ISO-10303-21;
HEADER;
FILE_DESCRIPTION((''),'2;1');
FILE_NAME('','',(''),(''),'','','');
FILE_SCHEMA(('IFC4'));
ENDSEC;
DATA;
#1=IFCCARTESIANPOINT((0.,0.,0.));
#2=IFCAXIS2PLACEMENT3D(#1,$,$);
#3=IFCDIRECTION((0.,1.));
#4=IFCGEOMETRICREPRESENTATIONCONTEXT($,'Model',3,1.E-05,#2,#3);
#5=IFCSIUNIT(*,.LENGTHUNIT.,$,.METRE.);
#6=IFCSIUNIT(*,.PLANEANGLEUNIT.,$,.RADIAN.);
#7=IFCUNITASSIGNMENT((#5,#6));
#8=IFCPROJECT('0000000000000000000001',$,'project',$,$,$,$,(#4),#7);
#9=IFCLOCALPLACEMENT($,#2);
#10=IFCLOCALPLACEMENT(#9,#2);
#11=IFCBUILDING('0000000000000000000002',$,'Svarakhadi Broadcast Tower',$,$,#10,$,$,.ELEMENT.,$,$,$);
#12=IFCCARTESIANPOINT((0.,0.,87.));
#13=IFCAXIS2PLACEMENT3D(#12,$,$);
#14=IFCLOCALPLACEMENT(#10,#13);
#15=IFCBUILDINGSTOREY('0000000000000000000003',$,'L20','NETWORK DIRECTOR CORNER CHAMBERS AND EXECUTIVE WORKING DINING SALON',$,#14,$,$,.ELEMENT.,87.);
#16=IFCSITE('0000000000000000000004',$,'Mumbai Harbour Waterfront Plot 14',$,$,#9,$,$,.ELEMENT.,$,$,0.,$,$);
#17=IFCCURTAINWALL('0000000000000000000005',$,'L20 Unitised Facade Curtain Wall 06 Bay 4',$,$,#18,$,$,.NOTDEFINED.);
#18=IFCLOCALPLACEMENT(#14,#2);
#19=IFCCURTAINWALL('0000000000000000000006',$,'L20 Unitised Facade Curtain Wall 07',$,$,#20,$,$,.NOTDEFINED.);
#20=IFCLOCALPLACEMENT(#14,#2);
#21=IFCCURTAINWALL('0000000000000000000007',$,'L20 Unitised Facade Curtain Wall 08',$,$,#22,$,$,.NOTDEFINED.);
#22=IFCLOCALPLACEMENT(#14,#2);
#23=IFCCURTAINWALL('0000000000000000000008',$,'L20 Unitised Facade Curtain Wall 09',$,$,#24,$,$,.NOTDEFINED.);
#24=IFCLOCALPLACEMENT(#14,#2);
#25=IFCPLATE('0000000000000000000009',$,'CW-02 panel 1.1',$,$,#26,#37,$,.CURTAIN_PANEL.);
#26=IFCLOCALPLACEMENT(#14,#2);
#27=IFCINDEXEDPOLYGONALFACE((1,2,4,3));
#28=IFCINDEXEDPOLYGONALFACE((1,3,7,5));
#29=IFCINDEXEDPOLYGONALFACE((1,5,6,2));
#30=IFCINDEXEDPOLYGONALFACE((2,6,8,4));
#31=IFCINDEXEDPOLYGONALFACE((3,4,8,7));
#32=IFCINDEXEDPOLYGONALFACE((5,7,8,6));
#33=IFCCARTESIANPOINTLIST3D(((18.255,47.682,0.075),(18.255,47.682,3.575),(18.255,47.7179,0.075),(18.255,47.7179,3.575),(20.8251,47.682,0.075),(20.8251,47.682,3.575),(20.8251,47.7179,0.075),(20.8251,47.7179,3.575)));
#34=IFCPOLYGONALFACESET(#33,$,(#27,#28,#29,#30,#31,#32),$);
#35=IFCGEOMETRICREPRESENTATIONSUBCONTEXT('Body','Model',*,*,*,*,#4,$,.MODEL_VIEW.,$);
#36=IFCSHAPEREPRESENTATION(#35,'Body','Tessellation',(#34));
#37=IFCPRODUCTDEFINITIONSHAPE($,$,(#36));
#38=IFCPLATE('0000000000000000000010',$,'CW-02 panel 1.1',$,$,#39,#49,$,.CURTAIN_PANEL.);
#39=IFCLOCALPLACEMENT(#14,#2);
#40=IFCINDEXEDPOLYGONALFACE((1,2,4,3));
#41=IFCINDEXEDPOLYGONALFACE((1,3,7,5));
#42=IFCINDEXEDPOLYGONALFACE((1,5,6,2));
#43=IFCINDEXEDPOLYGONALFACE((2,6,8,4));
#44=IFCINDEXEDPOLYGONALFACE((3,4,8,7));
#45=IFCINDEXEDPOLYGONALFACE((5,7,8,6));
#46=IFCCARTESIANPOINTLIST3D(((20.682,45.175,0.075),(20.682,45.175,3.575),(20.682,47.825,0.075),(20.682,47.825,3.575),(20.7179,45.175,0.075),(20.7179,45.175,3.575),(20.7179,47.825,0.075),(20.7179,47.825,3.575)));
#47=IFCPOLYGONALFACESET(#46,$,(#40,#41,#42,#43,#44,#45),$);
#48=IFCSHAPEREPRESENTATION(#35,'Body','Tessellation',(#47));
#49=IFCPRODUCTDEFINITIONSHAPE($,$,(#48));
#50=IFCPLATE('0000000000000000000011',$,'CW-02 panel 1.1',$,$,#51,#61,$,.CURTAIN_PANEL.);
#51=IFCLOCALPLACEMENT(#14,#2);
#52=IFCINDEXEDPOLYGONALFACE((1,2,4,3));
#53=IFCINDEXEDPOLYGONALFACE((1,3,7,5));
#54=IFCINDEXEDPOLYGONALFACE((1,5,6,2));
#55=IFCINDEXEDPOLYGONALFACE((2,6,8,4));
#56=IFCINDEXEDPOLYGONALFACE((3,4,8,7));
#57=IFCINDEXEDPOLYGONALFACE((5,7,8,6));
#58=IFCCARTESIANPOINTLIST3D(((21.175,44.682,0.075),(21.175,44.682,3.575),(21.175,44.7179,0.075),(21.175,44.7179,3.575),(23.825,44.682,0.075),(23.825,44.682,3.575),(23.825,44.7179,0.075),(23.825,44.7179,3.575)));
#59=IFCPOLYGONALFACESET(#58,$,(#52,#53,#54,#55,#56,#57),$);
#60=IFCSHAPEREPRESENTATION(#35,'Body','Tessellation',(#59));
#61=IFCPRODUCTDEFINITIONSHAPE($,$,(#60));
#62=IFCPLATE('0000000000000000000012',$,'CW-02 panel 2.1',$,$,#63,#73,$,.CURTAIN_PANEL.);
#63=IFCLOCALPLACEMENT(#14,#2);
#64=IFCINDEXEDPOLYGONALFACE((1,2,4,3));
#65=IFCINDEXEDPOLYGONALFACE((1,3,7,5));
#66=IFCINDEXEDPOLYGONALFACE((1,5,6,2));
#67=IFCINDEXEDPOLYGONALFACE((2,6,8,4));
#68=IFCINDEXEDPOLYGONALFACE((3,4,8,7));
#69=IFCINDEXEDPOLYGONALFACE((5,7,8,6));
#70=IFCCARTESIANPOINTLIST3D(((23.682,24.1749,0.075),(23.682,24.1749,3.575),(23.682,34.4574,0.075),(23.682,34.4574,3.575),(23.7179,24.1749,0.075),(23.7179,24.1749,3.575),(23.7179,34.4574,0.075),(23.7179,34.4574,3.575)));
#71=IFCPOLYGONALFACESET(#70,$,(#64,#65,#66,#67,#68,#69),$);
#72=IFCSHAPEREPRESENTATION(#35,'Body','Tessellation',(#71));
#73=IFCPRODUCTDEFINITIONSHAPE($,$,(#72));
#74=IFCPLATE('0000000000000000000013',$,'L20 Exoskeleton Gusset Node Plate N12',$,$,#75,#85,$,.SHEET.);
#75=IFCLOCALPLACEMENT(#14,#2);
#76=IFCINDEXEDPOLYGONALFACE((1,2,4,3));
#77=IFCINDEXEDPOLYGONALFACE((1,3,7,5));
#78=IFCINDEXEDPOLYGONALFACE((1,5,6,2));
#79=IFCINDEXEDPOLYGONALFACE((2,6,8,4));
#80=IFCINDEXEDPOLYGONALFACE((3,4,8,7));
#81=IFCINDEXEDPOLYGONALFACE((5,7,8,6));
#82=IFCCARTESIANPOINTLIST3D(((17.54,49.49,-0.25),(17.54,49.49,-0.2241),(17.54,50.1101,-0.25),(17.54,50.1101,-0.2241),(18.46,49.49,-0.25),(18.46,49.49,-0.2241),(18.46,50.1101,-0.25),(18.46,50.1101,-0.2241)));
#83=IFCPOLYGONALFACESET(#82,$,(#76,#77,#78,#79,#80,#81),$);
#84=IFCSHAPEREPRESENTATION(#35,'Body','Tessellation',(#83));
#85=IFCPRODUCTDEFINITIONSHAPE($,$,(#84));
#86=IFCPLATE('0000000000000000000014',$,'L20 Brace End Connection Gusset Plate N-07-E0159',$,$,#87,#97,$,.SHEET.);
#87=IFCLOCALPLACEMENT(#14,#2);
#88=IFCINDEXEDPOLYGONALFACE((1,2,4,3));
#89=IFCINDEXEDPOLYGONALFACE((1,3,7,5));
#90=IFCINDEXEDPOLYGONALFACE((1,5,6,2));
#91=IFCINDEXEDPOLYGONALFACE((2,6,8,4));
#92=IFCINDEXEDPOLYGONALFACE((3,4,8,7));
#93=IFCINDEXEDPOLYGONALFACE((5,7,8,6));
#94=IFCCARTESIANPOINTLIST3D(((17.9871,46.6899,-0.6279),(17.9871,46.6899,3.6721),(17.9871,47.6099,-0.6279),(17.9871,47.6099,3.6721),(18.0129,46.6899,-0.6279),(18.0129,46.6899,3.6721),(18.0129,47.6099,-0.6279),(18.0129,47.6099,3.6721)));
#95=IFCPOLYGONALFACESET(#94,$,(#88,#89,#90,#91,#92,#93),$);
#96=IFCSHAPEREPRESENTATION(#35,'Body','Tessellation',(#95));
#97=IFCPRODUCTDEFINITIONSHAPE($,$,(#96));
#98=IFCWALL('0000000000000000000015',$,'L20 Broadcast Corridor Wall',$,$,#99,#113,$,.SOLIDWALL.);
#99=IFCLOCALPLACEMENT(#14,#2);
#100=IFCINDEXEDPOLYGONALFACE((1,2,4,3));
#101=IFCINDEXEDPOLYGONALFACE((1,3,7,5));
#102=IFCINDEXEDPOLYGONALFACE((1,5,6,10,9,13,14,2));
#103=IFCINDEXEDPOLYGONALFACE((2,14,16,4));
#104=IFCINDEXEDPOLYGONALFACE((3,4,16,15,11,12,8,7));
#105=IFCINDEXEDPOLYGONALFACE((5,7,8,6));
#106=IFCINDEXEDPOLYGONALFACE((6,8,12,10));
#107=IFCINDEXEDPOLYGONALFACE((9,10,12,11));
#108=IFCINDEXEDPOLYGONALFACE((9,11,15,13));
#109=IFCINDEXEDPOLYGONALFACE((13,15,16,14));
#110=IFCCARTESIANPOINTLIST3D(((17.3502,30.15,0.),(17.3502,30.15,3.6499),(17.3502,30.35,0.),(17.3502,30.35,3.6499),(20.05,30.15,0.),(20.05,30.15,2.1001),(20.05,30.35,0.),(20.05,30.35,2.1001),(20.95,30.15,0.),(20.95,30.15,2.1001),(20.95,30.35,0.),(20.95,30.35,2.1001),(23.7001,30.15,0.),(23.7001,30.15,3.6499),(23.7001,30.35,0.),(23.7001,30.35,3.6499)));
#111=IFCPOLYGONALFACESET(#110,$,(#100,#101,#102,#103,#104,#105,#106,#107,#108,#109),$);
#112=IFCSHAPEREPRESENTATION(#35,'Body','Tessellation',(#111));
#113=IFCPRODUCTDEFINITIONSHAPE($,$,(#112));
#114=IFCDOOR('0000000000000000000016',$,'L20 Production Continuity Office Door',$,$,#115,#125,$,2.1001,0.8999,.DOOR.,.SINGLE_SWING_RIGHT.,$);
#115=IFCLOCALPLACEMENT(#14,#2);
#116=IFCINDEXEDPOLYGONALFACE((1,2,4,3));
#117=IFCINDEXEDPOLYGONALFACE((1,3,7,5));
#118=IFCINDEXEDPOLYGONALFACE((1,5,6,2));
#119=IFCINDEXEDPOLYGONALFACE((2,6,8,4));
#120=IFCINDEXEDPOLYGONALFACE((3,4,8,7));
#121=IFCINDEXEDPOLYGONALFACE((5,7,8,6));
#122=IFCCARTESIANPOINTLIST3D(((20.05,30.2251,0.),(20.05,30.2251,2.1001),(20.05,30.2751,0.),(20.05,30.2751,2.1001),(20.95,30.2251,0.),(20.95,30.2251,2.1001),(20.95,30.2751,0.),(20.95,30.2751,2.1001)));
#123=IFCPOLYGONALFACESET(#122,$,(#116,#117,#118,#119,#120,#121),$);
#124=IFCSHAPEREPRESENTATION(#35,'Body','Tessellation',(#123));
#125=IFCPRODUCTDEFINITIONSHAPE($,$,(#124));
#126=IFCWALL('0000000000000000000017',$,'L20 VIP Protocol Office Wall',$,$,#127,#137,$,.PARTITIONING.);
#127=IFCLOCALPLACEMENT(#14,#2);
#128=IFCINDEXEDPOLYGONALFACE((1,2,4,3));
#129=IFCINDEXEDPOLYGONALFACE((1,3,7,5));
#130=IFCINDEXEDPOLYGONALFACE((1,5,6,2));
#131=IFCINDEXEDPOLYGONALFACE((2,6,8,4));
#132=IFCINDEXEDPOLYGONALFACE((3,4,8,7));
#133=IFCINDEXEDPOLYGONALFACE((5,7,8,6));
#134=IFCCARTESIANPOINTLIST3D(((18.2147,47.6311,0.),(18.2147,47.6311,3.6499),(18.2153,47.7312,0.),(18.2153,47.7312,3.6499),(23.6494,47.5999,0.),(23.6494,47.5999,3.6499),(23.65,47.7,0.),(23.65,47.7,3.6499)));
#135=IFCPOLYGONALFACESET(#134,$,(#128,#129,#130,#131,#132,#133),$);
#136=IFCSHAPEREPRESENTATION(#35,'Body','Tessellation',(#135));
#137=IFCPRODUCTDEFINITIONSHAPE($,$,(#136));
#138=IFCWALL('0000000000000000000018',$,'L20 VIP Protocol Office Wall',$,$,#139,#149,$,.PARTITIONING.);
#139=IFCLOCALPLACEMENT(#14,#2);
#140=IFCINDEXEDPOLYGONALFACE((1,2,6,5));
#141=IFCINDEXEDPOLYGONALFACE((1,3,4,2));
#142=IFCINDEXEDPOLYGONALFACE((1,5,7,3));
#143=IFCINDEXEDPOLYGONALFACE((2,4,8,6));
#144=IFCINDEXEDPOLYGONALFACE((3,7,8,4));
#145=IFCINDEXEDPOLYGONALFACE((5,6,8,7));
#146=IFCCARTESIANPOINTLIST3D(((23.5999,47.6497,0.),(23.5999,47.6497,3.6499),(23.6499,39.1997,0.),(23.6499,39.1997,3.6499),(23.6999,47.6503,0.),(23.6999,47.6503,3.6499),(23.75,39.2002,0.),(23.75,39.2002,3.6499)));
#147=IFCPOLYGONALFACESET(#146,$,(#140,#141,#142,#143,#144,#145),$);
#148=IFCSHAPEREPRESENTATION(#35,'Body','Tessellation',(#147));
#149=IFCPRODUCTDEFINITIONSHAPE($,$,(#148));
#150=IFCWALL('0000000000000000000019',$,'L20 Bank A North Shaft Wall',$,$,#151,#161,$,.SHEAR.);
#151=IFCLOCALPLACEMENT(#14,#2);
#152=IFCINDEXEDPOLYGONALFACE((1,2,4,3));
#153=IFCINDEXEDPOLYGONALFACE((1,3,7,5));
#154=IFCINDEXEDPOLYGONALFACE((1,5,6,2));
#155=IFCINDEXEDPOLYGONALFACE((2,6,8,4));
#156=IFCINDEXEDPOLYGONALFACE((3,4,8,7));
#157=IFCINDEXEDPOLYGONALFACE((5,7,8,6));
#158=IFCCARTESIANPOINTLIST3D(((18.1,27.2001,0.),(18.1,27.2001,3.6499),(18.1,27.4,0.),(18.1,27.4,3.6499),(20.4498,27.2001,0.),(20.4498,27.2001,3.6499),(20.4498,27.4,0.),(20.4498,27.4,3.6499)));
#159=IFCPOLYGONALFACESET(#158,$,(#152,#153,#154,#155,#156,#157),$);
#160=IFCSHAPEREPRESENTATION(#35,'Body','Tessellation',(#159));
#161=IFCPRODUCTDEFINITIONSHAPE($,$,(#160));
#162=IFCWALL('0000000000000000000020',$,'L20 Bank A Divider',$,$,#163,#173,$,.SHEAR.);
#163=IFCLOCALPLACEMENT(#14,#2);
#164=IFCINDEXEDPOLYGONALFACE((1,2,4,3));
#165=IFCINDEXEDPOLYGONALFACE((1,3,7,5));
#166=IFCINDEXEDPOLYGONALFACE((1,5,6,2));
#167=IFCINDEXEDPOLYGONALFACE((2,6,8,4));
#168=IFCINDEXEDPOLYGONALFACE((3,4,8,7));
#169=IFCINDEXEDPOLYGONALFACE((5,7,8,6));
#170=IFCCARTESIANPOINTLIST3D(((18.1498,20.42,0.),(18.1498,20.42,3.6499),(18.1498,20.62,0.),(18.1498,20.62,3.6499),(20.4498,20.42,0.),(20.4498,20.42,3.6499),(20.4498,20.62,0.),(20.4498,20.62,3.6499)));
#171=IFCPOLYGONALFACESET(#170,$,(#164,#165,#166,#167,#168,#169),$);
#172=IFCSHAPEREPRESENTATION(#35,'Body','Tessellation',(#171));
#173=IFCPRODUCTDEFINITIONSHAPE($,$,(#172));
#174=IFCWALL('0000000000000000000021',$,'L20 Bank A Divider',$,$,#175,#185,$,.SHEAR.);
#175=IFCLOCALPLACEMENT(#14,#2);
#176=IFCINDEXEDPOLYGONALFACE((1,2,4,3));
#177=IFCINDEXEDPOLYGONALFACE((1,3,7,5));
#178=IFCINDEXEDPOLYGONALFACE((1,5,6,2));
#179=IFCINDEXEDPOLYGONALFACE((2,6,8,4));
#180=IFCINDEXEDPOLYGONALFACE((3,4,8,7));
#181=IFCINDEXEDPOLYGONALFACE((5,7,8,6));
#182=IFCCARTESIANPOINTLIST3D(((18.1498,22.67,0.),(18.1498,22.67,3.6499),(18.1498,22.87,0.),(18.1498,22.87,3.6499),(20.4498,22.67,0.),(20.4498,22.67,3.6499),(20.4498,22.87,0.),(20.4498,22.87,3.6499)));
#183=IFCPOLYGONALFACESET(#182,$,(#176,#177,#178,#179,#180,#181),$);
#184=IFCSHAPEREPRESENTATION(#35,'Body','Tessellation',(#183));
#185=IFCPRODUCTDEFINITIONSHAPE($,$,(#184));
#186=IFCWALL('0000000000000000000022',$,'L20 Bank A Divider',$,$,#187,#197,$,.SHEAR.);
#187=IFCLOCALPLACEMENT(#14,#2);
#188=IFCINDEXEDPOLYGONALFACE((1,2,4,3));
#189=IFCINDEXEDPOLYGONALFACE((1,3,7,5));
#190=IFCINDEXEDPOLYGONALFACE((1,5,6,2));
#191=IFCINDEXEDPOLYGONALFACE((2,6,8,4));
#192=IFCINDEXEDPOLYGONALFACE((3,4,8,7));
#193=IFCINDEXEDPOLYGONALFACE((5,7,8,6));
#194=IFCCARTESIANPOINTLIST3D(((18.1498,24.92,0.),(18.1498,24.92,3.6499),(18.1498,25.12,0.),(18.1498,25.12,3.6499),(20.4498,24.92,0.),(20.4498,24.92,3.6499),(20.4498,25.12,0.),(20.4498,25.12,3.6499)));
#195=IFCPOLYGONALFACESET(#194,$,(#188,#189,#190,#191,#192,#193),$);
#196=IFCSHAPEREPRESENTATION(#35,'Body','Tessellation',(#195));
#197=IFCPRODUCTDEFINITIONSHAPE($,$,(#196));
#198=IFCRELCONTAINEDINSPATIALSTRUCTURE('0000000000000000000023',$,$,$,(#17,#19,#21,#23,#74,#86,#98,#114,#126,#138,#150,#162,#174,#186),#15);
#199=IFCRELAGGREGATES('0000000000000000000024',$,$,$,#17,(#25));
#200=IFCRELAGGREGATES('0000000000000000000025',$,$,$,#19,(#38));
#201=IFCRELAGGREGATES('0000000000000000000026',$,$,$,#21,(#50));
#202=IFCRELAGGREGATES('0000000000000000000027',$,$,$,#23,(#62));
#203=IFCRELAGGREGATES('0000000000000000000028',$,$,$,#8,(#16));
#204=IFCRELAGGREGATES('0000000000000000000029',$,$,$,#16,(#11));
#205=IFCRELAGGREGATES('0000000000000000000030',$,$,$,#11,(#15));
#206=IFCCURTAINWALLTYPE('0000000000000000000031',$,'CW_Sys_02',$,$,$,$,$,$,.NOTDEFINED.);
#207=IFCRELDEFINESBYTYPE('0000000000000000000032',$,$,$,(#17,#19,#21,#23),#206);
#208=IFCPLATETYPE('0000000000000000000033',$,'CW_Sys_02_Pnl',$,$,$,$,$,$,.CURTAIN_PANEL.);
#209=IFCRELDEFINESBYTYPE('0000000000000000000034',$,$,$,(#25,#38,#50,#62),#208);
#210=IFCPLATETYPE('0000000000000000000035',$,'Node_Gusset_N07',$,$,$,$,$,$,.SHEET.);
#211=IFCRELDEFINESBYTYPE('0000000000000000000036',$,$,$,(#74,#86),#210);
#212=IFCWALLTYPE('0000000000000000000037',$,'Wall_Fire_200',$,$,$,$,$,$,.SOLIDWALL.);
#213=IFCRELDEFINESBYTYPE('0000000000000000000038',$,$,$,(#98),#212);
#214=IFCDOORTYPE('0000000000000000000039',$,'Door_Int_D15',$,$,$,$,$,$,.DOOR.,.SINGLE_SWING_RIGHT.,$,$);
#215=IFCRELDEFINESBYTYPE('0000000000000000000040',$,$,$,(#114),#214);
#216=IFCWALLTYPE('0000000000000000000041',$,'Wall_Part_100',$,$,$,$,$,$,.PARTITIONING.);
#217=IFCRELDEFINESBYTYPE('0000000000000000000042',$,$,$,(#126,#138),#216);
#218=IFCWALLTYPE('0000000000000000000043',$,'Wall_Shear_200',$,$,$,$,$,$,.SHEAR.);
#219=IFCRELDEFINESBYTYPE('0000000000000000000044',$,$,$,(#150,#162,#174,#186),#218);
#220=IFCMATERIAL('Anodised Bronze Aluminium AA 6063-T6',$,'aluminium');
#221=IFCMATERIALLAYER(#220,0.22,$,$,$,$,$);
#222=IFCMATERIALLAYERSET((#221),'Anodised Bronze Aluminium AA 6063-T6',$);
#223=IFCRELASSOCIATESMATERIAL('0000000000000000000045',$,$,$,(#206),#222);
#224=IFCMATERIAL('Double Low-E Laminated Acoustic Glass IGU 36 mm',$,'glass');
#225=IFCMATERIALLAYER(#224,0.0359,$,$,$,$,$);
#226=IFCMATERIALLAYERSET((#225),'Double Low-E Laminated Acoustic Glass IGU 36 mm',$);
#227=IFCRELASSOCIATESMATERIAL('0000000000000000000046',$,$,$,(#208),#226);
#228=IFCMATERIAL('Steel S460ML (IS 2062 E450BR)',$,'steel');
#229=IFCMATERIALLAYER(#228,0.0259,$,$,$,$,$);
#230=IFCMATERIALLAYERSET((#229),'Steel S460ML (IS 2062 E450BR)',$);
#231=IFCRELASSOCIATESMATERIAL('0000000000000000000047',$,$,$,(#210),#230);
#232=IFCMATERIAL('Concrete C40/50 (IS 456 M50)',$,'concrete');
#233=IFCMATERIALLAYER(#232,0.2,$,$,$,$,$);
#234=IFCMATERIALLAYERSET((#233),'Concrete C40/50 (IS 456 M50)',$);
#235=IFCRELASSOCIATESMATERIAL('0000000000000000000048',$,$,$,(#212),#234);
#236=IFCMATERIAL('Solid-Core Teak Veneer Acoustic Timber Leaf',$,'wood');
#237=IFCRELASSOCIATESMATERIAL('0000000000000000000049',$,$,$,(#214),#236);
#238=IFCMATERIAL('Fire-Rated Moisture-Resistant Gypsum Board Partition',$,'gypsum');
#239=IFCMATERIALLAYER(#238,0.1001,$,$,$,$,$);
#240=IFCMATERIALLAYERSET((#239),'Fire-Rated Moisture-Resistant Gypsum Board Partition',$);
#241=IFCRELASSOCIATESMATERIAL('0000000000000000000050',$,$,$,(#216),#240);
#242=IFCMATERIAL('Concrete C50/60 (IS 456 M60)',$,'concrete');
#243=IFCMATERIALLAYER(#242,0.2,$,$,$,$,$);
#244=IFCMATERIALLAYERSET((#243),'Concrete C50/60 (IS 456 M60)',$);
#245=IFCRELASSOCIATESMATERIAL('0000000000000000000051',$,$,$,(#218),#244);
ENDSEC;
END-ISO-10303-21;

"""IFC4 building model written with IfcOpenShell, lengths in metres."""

from ifc_helpers import new_model, si_unit, direction, frame, frame_2d, origin, origin_2d, place, context, subcontext, project, spatial, rectangle, extrude, material, layer, layer_set, type_object, element, fill, aggregate, save


model = new_model("IFC4")

# Units and contexts
model_context = context("Model", 3, precision=1e-05, world=origin(), true_north=direction((0.0, 1.0)))
body_context = subcontext(model_context, "Body", "Model", "MODEL_VIEW")
ifc_project = project(units=[si_unit("LENGTHUNIT", "METRE"), si_unit("PLANEANGLEUNIT", "RADIAN")], contexts=[model_context])

# Site, building, storey
site_placement = place(None, origin())
site = spatial("IfcSite", under=ifc_project, at=site_placement, Name="Mumbai Harbour Waterfront Plot 14", CompositionType="ELEMENT", RefElevation=0.0)
building_placement = place(site_placement, origin())
building = spatial("IfcBuilding", under=site, at=building_placement, Name="Svarakhadi Broadcast Tower", CompositionType="ELEMENT")
storey_placement = place(building_placement, frame((0.0, 0.0, 87.0)))
storey = spatial("IfcBuildingStorey", under=building, at=storey_placement, Name="L20", Description="NETWORK DIRECTOR CORNER CHAMBERS AND EXECUTIVE WORKING DINING SALON", CompositionType="ELEMENT", Elevation=87.0)

# Curtain walls
ifc_material_1 = material(Name="Anodised Bronze Aluminium AA 6063-T6", Category="aluminium")
ifc_layer_1 = layer(ifc_material_1, 0.22)
ifc_layer_set_1 = layer_set([ifc_layer_1], Name="Anodised Bronze Aluminium AA 6063-T6")
curtain_wall_type = type_object("IfcCurtainWallType", Name="CW_Sys_02", PredefinedType="NOTDEFINED", material=ifc_layer_set_1)
curtain_wall_1_placement = place(storey_placement, origin())
curtain_wall_1 = element("IfcCurtainWall", 1, at=curtain_wall_1_placement, inside=storey, type_object=curtain_wall_type, Name="L20 Unitised Facade Curtain Wall 06 Bay 4", PredefinedType="NOTDEFINED")
curtain_wall_2_placement = place(storey_placement, origin())
curtain_wall_2 = element("IfcCurtainWall", 2, at=curtain_wall_2_placement, inside=storey, type_object=curtain_wall_type, Name="L20 Unitised Facade Curtain Wall 07", PredefinedType="NOTDEFINED")

# Curtain wall
curtain_wall_3_placement = place(storey_placement, origin())
curtain_wall_3 = element("IfcCurtainWall", 3, at=curtain_wall_3_placement, inside=storey, type_object=curtain_wall_type, Name="L20 Unitised Facade Curtain Wall 08", PredefinedType="NOTDEFINED")

# Curtain wall
curtain_wall_4_placement = place(storey_placement, origin())
curtain_wall_4 = element("IfcCurtainWall", 4, at=curtain_wall_4_placement, inside=storey, type_object=curtain_wall_type, Name="L20 Unitised Facade Curtain Wall 09", PredefinedType="NOTDEFINED")

# Shared definitions
ifc_material_2 = material(Name="Steel S460ML (IS 2062 E450BR)", Category="steel")

# Plates
ifc_material_3 = material(Name="Double Low-E Laminated Acoustic Glass IGU 36 mm", Category="glass")
ifc_layer_2 = layer(ifc_material_3, 0.0359)
ifc_layer_set_2 = layer_set([ifc_layer_2], Name="Double Low-E Laminated Acoustic Glass IGU 36 mm")
plate_type_1 = type_object("IfcPlateType", Name="CW_Sys_02_Pnl", PredefinedType="CURTAIN_PANEL", material=ifc_layer_set_2)
plate_1_placement = place(storey_placement, frame((19.54, 47.7, 0.075), z_axis=(0.0, 0.0, 1.0), x_axis=(1.0, 0.0, 0.0)))
plate_1 = element("IfcPlate", 5, at=plate_1_placement, type_object=plate_type_1, Name="CW-02 panel 1.1", PredefinedType="CURTAIN_PANEL", context=body_context, shape_type="SweptSolid", body=[
    extrude(rectangle(XDim=2.5701, YDim=0.0359, at=origin_2d()), origin(), (0.0, 0.0, 1.0), 3.5),
])
aggregate(curtain_wall_1, [plate_1])
plate_2_placement = place(storey_placement, frame((20.7, 46.5, 0.075), z_axis=(0.0, 0.0, 1.0), x_axis=(0.0, -1.0, 0.0)))
plate_2 = element("IfcPlate", 6, at=plate_2_placement, type_object=plate_type_1, Name="CW-02 panel 1.1", PredefinedType="CURTAIN_PANEL", context=body_context, shape_type="SweptSolid", body=[
    extrude(rectangle(XDim=2.6499, YDim=0.0359, at=origin_2d()), origin(), (0.0, 0.0, 1.0), 3.5),
])
aggregate(curtain_wall_2, [plate_2])
plate_3_placement = place(storey_placement, frame((22.5, 44.7, 0.075), z_axis=(0.0, 0.0, 1.0), x_axis=(1.0, 0.0, 0.0)))
plate_3 = element("IfcPlate", 7, at=plate_3_placement, type_object=plate_type_1, Name="CW-02 panel 1.1", PredefinedType="CURTAIN_PANEL", context=body_context, shape_type="SweptSolid", body=[
    extrude(rectangle(XDim=2.6499, YDim=0.0359, at=origin_2d()), origin(), (0.0, 0.0, 1.0), 3.5),
])
aggregate(curtain_wall_3, [plate_3])
plate_4_placement = place(storey_placement, frame((23.7, 29.3162, 0.075), z_axis=(0.0, 0.0, 1.0), x_axis=(0.0, -1.0, 0.0)))
plate_4 = element("IfcPlate", 8, at=plate_4_placement, type_object=plate_type_1, Name="CW-02 panel 2.1", PredefinedType="CURTAIN_PANEL", context=body_context, shape_type="SweptSolid", body=[
    extrude(rectangle(XDim=10.2825, YDim=0.0359, at=origin_2d()), origin(), (0.0, 0.0, 1.0), 3.5),
])
aggregate(curtain_wall_4, [plate_4])

# Plates
ifc_layer_3 = layer(ifc_material_2, 0.0259)
ifc_layer_set_3 = layer_set([ifc_layer_3], Name="Steel S460ML (IS 2062 E450BR)")
plate_type_2 = type_object("IfcPlateType", Name="Node_Gusset_N07", PredefinedType="SHEET", material=ifc_layer_set_3)
plate_5_placement = place(storey_placement, frame((18.0, 49.8, -0.25), z_axis=(0.0, 0.0, 1.0), x_axis=(1.0, 0.0, 0.0)))
element("IfcPlate", 9, at=plate_5_placement, inside=storey, type_object=plate_type_2, Name="L20 Exoskeleton Gusset Node Plate N12", PredefinedType="SHEET", context=body_context, shape_type="SweptSolid", body=[
    extrude(rectangle(XDim=0.9199, YDim=0.6201, at=origin_2d()), origin(), (0.0, 0.0, 1.0), 0.0259),
])
plate_6_placement = place(storey_placement, frame((18.0, 47.1499, -0.6279), z_axis=(0.0, 0.0, 1.0), x_axis=(0.0, 1.0, 0.0)))
element("IfcPlate", 10, at=plate_6_placement, inside=storey, type_object=plate_type_2, Name="L20 Brace End Connection Gusset Plate N-07-E0159", PredefinedType="SHEET", context=body_context, shape_type="SweptSolid", body=[
    extrude(rectangle(XDim=0.9199, YDim=0.0259, at=origin_2d()), origin(), (0.0, 0.0, 1.0), 4.3),
])

# Wall, opening, door
ifc_material_4 = material(Name="Concrete C40/50 (IS 456 M50)", Category="concrete")
ifc_layer_4 = layer(ifc_material_4, 0.2)
ifc_layer_set_4 = layer_set([ifc_layer_4], Name="Concrete C40/50 (IS 456 M50)")
wall_type_1 = type_object("IfcWallType", Name="Wall_Fire_200", PredefinedType="SOLIDWALL", material=ifc_layer_set_4)
wall_1_placement = place(storey_placement, frame((23.7, 30.25, 0.0), z_axis=(0.0, 0.0, 1.0), x_axis=(-1.0, 0.0, 0.0)))
wall_1 = element("IfcWall", 11, at=wall_1_placement, inside=storey, type_object=wall_type_1, Name="L20 Broadcast Corridor Wall", PredefinedType="SOLIDWALL", context=body_context, shape_type="SweptSolid", body=[
    extrude(rectangle(XDim=6.3499, YDim=0.2, at=frame_2d((3.1748, 0.0))), origin(), (0.0, 0.0, 1.0), 3.6499),
])
opening_placement = place(wall_1_placement, frame((2.75, 0.0, 0.0)))
opening = element("IfcOpeningElement", 12, at=opening_placement, cuts=wall_1, PredefinedType="OPENING", context=body_context, shape_type="SweptSolid", body=[
    extrude(rectangle(XDim=0.8999, YDim=2.1001, at=frame_2d((0.45, 1.05))), frame((0.0, 0.1099, 0.0), z_axis=(0.0, -1.0, 0.0), x_axis=(1.0, 0.0, 0.0)), (0.0, 0.0, 1.0), 0.22),
])
ifc_material_5 = material(Name="Solid-Core Teak Veneer Acoustic Timber Leaf", Category="wood")
door_type = type_object("IfcDoorType", Name="Door_Int_D15", OperationType="SINGLE_SWING_RIGHT", PredefinedType="DOOR", material=ifc_material_5)
door_placement = place(opening_placement, origin())
door = element("IfcDoor", 13, at=door_placement, inside=storey, type_object=door_type, Name="L20 Production Continuity Office Door", OperationType="SINGLE_SWING_RIGHT", OverallHeight=2.1001, OverallWidth=0.8999, PredefinedType="DOOR", context=body_context, shape_type="SweptSolid", body=[
    extrude(rectangle(XDim=0.8999, YDim=2.1001, at=frame_2d((0.45, 1.05))), frame((0.0, 0.0249, 0.0), z_axis=(0.0, -1.0, 0.0), x_axis=(1.0, 0.0, 0.0)), (0.0, 0.0, 1.0), 0.05),
])
fill(opening, door)

# Walls
ifc_material_6 = material(Name="Fire-Rated Moisture-Resistant Gypsum Board Partition", Category="gypsum")
ifc_layer_5 = layer(ifc_material_6, 0.1001)
ifc_layer_set_5 = layer_set([ifc_layer_5], Name="Fire-Rated Moisture-Resistant Gypsum Board Partition")
wall_type_2 = type_object("IfcWallType", Name="Wall_Part_100", PredefinedType="PARTITIONING", material=ifc_layer_set_5)
wall_2_placement = place(storey_placement, frame((18.2151, 47.6812, 0.0), z_axis=(0.0, 0.0, 1.0), x_axis=(0.999983, -0.00575, 0.0)))
element("IfcWall", 14, at=wall_2_placement, inside=storey, type_object=wall_type_2, Name="L20 VIP Protocol Office Wall", PredefinedType="PARTITIONING", context=body_context, shape_type="SweptSolid", body=[
    extrude(rectangle(XDim=5.4348, YDim=0.1001, at=frame_2d((2.7173, 0.0))), origin(), (0.0, 0.0, 1.0), 3.6499),
])
wall_3_placement = place(storey_placement, frame((23.7, 39.2, 0.0), z_axis=(0.0, 0.0, 1.0), x_axis=(-0.005923, 0.999982, 0.0)))
element("IfcWall", 15, at=wall_3_placement, inside=storey, type_object=wall_type_2, Name="L20 VIP Protocol Office Wall", PredefinedType="PARTITIONING", context=body_context, shape_type="SweptSolid", body=[
    extrude(rectangle(XDim=8.4502, YDim=0.1001, at=frame_2d((4.2251, 0.0))), origin(), (0.0, 0.0, 1.0), 3.6499),
])
ifc_material_7 = material(Name="Concrete C50/60 (IS 456 M60)", Category="concrete")
ifc_layer_6 = layer(ifc_material_7, 0.2)
ifc_layer_set_6 = layer_set([ifc_layer_6], Name="Concrete C50/60 (IS 456 M60)")
wall_type_3 = type_object("IfcWallType", Name="Wall_Shear_200", PredefinedType="SHEAR", material=ifc_layer_set_6)
wall_4_placement = place(storey_placement, frame((18.1001, 27.3, 0.0), z_axis=(0.0, 0.0, 1.0), x_axis=(1.0, 0.0, 0.0)))
element("IfcWall", 16, at=wall_4_placement, inside=storey, type_object=wall_type_3, Name="L20 Bank A North Shaft Wall", PredefinedType="SHEAR", context=body_context, shape_type="SweptSolid", body=[
    extrude(rectangle(XDim=2.3499, YDim=0.2, at=frame_2d((1.1748, 0.0))), origin(), (0.0, 0.0, 1.0), 3.6499),
])
for number, where, z_axis, x_axis, name in (
    (17, (18.1499, 20.52, 0.0), (0.0, 0.0, 1.0), (1.0, 0.0, 0.0), "L20 Bank A Divider"),
    (18, (18.1499, 22.77, 0.0), (0.0, 0.0, 1.0), (1.0, 0.0, 0.0), "L20 Bank A Divider"),
    (19, (18.1499, 25.02, 0.0), (0.0, 0.0, 1.0), (1.0, 0.0, 0.0), "L20 Bank A Divider"),
):
    element("IfcWall", number, at=place(storey_placement, frame(where, z_axis=z_axis, x_axis=x_axis)), inside=storey, type_object=wall_type_3, Name=name, PredefinedType="SHEAR", context=body_context, shape_type="SweptSolid", body=[
        extrude(rectangle(XDim=2.3, YDim=0.2, at=frame_2d((1.1499, 0.0))), origin(), (0.0, 0.0, 1.0), 3.6499),
    ])

save(model, "model.ifc")
